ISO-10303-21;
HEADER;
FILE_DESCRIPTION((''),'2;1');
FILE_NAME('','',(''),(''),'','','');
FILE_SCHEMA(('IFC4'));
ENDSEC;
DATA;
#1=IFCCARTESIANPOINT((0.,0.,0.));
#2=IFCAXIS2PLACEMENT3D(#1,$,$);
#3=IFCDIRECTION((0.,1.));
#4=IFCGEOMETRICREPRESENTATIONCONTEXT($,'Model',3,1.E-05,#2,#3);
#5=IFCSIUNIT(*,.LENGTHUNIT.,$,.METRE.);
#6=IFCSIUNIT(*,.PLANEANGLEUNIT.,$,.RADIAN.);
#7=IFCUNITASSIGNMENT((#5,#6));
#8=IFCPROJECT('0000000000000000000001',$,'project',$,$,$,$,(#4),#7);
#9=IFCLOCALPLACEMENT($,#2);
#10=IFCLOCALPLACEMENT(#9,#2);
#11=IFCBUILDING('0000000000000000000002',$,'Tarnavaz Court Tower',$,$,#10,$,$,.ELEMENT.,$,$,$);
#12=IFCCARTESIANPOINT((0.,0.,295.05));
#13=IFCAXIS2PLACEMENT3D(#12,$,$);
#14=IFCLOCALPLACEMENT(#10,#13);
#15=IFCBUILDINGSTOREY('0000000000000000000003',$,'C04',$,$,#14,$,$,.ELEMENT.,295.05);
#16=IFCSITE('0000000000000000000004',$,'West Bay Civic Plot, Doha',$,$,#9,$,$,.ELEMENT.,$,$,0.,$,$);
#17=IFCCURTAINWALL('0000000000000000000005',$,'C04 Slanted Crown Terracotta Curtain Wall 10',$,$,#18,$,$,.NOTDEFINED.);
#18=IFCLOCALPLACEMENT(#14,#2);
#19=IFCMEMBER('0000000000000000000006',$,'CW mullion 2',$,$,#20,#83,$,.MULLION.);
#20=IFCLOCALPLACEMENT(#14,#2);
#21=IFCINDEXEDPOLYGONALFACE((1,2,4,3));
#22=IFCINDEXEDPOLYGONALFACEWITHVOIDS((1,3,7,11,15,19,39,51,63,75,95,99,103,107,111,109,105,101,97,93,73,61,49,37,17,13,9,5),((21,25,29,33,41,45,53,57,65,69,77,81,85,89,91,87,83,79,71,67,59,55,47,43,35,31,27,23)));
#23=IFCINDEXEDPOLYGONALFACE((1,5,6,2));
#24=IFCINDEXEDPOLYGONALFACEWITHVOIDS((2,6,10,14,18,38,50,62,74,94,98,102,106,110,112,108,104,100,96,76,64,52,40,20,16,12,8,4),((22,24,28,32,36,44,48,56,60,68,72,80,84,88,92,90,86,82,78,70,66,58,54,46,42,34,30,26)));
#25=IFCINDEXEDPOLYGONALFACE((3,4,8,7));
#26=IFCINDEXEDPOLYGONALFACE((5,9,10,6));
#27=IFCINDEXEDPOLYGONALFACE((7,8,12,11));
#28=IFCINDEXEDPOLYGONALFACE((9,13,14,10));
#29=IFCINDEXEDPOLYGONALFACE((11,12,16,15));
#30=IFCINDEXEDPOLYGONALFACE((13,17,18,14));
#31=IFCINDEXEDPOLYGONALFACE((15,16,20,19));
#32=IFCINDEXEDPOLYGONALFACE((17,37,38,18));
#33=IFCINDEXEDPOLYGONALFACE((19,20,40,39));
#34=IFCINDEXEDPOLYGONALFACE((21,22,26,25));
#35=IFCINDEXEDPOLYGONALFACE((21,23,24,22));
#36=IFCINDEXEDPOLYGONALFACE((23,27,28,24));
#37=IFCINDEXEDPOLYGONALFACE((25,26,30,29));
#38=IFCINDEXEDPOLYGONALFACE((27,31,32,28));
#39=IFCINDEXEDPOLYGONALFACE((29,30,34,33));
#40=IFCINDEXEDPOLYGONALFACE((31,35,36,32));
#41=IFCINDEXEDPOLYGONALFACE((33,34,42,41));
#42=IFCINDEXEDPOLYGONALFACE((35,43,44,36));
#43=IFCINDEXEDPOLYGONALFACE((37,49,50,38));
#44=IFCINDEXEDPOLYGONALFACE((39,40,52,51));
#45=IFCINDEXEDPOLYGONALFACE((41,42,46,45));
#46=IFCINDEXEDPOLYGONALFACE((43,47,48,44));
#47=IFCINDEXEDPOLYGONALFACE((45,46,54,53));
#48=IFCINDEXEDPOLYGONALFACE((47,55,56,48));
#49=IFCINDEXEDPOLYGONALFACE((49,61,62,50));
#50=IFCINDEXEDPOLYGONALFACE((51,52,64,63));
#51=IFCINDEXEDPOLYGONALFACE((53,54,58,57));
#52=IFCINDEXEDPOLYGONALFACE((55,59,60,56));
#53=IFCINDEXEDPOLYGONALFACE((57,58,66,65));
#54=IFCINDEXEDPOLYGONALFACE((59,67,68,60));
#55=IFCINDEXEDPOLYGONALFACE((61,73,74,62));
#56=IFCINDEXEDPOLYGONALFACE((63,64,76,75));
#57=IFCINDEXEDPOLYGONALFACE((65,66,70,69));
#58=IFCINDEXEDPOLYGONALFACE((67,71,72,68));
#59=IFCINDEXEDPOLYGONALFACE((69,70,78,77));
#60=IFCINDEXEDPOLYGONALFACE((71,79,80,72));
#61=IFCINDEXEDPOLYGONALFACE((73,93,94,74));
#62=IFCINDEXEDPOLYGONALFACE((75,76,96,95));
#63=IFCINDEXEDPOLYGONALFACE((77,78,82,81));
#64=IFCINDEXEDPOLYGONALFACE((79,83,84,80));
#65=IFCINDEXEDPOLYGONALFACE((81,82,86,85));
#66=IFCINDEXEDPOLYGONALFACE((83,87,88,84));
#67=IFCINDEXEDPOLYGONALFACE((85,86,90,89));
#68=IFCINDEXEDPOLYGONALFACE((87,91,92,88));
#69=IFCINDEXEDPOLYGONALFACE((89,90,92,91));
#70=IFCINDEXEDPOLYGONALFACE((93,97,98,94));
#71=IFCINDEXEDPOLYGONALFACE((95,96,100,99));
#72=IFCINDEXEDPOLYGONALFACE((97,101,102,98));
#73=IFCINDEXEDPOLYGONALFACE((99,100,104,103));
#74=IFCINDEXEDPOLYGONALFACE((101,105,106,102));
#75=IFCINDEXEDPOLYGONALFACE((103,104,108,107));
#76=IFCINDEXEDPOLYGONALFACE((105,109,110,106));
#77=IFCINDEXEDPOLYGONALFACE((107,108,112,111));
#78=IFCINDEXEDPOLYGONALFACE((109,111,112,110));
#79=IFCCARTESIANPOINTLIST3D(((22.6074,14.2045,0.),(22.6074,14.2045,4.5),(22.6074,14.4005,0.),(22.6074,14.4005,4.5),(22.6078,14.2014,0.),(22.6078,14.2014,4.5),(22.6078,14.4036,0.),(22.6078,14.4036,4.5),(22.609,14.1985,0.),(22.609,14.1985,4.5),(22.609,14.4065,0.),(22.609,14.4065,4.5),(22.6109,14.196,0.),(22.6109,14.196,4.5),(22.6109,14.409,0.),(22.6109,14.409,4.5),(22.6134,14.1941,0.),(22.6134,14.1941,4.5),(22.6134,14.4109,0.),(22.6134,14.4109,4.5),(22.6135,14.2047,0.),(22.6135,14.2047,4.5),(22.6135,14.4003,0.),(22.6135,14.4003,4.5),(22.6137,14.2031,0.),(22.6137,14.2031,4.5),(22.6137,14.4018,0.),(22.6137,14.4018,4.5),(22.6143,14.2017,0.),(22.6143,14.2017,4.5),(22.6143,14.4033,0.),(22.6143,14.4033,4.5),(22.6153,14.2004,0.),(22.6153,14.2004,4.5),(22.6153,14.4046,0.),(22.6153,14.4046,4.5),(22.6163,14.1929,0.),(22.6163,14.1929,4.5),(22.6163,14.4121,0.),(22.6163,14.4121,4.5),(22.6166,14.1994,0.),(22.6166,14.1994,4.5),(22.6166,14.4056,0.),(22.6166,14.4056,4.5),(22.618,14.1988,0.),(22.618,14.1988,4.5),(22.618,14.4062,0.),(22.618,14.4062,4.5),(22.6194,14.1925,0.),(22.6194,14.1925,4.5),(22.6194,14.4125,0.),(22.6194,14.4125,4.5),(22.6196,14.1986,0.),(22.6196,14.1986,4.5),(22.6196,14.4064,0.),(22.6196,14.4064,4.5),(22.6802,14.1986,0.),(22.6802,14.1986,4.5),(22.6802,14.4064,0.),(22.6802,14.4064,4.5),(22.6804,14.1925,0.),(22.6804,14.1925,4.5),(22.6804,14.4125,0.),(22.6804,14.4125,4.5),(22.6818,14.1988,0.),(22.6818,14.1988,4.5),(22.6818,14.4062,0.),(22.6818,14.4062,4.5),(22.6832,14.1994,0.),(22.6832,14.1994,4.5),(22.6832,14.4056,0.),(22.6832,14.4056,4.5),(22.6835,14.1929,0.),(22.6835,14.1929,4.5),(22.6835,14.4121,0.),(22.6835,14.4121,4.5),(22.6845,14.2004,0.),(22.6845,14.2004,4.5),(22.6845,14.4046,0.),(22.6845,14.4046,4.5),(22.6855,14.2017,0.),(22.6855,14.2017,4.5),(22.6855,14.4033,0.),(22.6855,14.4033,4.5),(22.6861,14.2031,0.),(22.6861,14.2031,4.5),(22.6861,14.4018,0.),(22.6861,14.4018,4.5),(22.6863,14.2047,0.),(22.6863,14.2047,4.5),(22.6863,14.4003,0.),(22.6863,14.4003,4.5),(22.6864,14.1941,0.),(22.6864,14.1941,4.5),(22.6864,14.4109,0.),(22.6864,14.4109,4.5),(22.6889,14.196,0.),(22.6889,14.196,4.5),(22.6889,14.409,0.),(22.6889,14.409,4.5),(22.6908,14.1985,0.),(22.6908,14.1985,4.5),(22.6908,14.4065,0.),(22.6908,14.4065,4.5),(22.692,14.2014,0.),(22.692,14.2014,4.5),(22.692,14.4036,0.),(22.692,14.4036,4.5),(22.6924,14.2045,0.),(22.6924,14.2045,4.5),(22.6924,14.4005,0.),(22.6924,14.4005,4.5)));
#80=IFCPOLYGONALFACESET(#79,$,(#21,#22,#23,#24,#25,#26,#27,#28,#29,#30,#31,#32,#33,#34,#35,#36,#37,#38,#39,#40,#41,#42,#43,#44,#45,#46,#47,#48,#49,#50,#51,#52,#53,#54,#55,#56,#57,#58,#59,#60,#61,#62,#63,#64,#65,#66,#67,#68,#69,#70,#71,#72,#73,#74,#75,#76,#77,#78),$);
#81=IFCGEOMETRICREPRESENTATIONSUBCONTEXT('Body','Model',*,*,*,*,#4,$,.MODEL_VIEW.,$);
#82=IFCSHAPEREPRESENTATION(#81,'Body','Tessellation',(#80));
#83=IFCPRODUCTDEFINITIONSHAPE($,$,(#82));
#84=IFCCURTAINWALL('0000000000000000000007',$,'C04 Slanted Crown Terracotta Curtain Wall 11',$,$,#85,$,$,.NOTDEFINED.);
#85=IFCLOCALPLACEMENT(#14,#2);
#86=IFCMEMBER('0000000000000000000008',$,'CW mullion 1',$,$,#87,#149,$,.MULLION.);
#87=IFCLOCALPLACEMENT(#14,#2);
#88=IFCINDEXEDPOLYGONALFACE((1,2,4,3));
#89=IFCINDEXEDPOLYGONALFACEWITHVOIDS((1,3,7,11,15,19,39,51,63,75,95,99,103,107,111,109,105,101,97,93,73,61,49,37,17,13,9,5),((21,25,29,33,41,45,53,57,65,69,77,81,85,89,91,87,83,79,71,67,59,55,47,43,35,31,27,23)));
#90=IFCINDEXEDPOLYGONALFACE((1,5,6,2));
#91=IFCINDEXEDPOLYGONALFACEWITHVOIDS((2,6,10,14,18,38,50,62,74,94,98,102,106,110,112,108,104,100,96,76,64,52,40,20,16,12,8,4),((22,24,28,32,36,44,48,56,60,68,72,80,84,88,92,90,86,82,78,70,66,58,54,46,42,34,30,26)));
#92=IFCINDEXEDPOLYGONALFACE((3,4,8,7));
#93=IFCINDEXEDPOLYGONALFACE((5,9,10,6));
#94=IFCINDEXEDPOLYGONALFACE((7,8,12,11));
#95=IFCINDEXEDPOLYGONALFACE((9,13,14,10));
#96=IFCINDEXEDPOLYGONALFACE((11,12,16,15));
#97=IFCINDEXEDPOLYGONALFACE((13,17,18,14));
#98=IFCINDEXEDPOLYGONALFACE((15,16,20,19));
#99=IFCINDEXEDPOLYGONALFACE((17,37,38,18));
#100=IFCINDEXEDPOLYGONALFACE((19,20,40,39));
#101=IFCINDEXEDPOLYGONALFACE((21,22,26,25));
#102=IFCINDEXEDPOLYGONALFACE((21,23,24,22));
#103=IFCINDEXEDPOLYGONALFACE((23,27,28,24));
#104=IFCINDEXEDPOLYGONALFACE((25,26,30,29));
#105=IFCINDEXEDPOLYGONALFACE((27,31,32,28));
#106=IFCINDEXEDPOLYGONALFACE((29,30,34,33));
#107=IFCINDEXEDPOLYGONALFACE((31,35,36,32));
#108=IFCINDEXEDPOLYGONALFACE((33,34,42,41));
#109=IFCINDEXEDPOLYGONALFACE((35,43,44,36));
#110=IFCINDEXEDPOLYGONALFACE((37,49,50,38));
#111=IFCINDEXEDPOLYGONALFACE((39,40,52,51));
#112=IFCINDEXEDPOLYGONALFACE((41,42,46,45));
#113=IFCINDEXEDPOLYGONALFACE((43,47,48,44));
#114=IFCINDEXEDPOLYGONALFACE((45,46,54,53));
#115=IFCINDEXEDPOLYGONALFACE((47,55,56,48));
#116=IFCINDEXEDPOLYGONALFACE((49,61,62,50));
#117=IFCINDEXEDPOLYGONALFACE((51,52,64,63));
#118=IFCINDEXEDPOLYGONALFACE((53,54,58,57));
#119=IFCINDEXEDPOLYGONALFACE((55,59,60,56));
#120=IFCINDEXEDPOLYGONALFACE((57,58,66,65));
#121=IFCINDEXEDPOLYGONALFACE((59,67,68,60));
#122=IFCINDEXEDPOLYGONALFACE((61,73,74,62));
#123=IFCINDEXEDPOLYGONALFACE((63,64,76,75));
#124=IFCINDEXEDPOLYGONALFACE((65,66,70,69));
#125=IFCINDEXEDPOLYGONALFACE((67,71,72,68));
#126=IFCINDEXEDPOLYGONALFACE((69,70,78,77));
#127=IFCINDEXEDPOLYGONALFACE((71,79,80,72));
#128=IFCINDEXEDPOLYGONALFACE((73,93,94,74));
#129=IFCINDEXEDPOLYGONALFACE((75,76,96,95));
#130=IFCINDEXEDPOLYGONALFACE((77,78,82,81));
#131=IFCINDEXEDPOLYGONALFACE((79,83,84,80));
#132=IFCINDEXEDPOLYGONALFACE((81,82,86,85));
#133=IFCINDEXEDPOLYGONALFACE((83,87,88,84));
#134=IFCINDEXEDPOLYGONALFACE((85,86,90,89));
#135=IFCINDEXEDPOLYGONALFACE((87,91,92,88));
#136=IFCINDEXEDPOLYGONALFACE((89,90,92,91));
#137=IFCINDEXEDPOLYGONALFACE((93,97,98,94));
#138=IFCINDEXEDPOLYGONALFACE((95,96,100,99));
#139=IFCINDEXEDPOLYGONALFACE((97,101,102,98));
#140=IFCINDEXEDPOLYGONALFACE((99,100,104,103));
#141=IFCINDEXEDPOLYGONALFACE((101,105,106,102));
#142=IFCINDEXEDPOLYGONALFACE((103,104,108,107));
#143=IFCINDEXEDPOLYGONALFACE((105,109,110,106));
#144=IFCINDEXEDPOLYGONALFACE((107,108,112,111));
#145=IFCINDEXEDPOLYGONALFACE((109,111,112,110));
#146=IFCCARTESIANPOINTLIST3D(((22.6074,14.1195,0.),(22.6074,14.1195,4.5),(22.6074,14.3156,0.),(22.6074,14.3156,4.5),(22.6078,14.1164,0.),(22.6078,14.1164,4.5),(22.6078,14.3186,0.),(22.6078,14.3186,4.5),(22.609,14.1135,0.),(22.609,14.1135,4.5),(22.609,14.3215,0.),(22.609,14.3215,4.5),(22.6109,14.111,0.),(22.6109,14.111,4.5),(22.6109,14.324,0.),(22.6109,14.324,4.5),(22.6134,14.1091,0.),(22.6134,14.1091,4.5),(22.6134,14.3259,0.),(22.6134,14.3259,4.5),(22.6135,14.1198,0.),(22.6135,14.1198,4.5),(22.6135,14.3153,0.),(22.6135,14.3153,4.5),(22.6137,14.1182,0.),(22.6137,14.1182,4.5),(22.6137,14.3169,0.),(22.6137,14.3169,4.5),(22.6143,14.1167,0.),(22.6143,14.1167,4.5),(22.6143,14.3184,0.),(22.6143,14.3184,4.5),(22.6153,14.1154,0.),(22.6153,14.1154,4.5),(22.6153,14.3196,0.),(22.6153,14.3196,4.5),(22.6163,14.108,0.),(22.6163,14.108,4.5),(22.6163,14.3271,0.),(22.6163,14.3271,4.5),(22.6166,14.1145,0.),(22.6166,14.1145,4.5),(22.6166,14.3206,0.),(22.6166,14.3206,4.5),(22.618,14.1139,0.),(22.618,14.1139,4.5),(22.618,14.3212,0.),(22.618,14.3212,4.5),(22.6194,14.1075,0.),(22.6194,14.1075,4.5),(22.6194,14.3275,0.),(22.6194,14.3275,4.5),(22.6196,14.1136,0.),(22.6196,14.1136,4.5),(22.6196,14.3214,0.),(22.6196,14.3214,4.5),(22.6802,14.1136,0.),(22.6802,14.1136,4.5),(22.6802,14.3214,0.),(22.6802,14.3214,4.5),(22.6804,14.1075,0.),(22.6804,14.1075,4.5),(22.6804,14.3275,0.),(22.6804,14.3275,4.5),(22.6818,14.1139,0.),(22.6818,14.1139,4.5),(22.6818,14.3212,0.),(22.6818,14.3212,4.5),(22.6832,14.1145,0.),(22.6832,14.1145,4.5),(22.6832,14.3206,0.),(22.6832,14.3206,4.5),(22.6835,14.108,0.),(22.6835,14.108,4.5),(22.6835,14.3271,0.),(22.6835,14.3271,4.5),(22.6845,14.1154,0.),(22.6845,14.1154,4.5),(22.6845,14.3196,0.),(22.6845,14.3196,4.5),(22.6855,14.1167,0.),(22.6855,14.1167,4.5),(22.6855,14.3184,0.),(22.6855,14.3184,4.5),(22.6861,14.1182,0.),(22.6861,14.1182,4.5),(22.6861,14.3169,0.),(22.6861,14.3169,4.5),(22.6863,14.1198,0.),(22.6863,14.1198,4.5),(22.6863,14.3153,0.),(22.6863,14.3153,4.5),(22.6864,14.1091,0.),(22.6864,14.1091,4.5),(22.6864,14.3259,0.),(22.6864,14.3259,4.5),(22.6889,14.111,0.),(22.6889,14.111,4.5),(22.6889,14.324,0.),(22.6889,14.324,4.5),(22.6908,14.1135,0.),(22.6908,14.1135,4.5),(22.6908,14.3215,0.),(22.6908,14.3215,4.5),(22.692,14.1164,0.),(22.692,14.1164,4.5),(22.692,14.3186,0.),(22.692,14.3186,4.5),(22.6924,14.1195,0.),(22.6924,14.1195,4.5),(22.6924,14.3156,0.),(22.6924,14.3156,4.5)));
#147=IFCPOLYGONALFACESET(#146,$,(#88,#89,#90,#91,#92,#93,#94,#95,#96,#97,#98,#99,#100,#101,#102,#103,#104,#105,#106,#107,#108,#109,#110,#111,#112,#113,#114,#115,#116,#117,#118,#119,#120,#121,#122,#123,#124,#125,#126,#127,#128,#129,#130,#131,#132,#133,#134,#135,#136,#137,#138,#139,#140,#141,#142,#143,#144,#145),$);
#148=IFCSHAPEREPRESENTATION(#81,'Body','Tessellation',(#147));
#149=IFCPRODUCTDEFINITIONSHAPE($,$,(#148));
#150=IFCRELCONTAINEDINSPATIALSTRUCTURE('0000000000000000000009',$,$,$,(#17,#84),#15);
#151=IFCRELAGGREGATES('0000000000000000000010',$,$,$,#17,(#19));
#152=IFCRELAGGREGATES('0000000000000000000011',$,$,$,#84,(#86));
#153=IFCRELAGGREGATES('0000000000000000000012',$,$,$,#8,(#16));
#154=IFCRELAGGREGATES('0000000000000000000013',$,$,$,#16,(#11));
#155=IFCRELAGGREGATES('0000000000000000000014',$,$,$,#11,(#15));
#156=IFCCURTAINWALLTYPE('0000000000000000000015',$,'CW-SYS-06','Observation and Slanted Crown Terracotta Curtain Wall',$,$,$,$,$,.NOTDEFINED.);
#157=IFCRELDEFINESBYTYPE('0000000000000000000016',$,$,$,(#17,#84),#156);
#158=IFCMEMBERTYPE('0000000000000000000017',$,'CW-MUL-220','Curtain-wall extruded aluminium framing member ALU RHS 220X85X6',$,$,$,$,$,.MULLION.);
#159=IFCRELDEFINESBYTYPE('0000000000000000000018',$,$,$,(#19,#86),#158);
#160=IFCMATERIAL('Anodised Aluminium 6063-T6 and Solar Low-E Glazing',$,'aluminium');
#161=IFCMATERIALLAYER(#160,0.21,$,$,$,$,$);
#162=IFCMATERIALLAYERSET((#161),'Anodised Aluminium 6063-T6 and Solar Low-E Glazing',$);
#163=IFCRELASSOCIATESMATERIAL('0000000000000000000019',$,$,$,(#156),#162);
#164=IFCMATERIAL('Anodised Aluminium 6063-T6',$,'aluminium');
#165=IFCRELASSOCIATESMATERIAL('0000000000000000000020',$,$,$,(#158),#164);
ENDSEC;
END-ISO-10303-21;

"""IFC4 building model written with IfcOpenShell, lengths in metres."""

from ifc_helpers import new_model, si_unit, direction, frame, origin, origin_2d, place, context, subcontext, project, spatial, hollow_rectangle, extrude, material, layer, layer_set, material_profile, profile_set, type_object, element, aggregate, save


model = new_model("IFC4")

# Units and contexts
model_context = context("Model", 3, precision=1e-05, world=origin(), true_north=direction((0.0, 1.0)))
body_context = subcontext(model_context, "Body", "Model", "MODEL_VIEW")
ifc_project = project(units=[si_unit("LENGTHUNIT", "METRE"), si_unit("PLANEANGLEUNIT", "RADIAN")], contexts=[model_context])

# Site, building, storey
site_placement = place(None, origin())
site = spatial("IfcSite", under=ifc_project, at=site_placement, Name="West Bay Civic Plot, Doha", CompositionType="ELEMENT", RefElevation=0.0)
building_placement = place(site_placement, origin())
building = spatial("IfcBuilding", under=site, at=building_placement, Name="Tarnavaz Court Tower", CompositionType="ELEMENT")
storey_placement = place(building_placement, frame((0.0, 0.0, 295.05)))
storey = spatial("IfcBuildingStorey", under=building, at=storey_placement, Name="C04", CompositionType="ELEMENT", Elevation=295.05)

# Shared definitions
ifc_material_1 = material(Name="Anodised Aluminium 6063-T6 and Solar Low-E Glazing", Category="aluminium")
ifc_layer_1 = layer(ifc_material_1, 0.21)
ifc_layer_set_1 = layer_set([ifc_layer_1], Name="Anodised Aluminium 6063-T6 and Solar Low-E Glazing")
curtain_wall_type = type_object("IfcCurtainWallType", Name="CW-SYS-06", Description="Observation and Slanted Crown Terracotta Curtain Wall", PredefinedType="NOTDEFINED", material=ifc_layer_set_1)
ifc_material_2 = material(Name="Anodised Aluminium 6063-T6", Category="aluminium")
ifc_material_profile_1 = material_profile(ifc_material_2, hollow_rectangle(XDim=0.085, YDim=0.22, WallThickness=0.0061, InnerFilletRadius=0.0061, OuterFilletRadius=0.012, at=origin_2d()), Name="ALU RHS 220X85X6")
ifc_profile_set_1 = profile_set([ifc_material_profile_1], Name="Anodised Aluminium 6063-T6")
member_type_1 = type_object("IfcMemberType", Name="CW-MUL-220", Description="Curtain-wall extruded aluminium framing member ALU RHS 220X85X6", PredefinedType="MULLION", material=ifc_profile_set_1)

# Curtain walls, members
curtain_wall_1_placement = place(storey_placement, origin())
curtain_wall_1 = element("IfcCurtainWall", 1, at=curtain_wall_1_placement, inside=storey, type_object=curtain_wall_type, Name="C04 Slanted Crown Terracotta Curtain Wall 10", PredefinedType="NOTDEFINED")
member_1_placement = place(storey_placement, frame((22.6499, 14.3025, 0.0), z_axis=(0.0, 0.0, 1.0), x_axis=(1.0, 0.0, 0.0)))
member_1 = element("IfcMember", 2, at=member_1_placement, type_object=member_type_1, Name="CW mullion 2", PredefinedType="MULLION", context=body_context, shape_type="SweptSolid", body=[
    extrude(hollow_rectangle(XDim=0.085, YDim=0.22, WallThickness=0.0061, InnerFilletRadius=0.0061, OuterFilletRadius=0.012, at=origin_2d()), origin(), (0.0, 0.0, 1.0), 4.5),
])
curtain_wall_2_placement = place(storey_placement, origin())
curtain_wall_2 = element("IfcCurtainWall", 3, at=curtain_wall_2_placement, inside=storey, type_object=curtain_wall_type, Name="C04 Slanted Crown Terracotta Curtain Wall 11", PredefinedType="NOTDEFINED")
member_2_placement = place(storey_placement, frame((22.6499, 14.2175, 0.0), z_axis=(0.0, 0.0, 1.0), x_axis=(1.0, 0.0, 0.0)))
member_2 = element("IfcMember", 4, at=member_2_placement, type_object=member_type_1, Name="CW mullion 1", PredefinedType="MULLION", context=body_context, shape_type="SweptSolid", body=[
    extrude(hollow_rectangle(XDim=0.085, YDim=0.22, WallThickness=0.0061, InnerFilletRadius=0.0061, OuterFilletRadius=0.012, at=origin_2d()), origin(), (0.0, 0.0, 1.0), 4.5),
])

aggregate(curtain_wall_1, [member_1])
aggregate(curtain_wall_2, [member_2])

save(model, "model.ifc")
